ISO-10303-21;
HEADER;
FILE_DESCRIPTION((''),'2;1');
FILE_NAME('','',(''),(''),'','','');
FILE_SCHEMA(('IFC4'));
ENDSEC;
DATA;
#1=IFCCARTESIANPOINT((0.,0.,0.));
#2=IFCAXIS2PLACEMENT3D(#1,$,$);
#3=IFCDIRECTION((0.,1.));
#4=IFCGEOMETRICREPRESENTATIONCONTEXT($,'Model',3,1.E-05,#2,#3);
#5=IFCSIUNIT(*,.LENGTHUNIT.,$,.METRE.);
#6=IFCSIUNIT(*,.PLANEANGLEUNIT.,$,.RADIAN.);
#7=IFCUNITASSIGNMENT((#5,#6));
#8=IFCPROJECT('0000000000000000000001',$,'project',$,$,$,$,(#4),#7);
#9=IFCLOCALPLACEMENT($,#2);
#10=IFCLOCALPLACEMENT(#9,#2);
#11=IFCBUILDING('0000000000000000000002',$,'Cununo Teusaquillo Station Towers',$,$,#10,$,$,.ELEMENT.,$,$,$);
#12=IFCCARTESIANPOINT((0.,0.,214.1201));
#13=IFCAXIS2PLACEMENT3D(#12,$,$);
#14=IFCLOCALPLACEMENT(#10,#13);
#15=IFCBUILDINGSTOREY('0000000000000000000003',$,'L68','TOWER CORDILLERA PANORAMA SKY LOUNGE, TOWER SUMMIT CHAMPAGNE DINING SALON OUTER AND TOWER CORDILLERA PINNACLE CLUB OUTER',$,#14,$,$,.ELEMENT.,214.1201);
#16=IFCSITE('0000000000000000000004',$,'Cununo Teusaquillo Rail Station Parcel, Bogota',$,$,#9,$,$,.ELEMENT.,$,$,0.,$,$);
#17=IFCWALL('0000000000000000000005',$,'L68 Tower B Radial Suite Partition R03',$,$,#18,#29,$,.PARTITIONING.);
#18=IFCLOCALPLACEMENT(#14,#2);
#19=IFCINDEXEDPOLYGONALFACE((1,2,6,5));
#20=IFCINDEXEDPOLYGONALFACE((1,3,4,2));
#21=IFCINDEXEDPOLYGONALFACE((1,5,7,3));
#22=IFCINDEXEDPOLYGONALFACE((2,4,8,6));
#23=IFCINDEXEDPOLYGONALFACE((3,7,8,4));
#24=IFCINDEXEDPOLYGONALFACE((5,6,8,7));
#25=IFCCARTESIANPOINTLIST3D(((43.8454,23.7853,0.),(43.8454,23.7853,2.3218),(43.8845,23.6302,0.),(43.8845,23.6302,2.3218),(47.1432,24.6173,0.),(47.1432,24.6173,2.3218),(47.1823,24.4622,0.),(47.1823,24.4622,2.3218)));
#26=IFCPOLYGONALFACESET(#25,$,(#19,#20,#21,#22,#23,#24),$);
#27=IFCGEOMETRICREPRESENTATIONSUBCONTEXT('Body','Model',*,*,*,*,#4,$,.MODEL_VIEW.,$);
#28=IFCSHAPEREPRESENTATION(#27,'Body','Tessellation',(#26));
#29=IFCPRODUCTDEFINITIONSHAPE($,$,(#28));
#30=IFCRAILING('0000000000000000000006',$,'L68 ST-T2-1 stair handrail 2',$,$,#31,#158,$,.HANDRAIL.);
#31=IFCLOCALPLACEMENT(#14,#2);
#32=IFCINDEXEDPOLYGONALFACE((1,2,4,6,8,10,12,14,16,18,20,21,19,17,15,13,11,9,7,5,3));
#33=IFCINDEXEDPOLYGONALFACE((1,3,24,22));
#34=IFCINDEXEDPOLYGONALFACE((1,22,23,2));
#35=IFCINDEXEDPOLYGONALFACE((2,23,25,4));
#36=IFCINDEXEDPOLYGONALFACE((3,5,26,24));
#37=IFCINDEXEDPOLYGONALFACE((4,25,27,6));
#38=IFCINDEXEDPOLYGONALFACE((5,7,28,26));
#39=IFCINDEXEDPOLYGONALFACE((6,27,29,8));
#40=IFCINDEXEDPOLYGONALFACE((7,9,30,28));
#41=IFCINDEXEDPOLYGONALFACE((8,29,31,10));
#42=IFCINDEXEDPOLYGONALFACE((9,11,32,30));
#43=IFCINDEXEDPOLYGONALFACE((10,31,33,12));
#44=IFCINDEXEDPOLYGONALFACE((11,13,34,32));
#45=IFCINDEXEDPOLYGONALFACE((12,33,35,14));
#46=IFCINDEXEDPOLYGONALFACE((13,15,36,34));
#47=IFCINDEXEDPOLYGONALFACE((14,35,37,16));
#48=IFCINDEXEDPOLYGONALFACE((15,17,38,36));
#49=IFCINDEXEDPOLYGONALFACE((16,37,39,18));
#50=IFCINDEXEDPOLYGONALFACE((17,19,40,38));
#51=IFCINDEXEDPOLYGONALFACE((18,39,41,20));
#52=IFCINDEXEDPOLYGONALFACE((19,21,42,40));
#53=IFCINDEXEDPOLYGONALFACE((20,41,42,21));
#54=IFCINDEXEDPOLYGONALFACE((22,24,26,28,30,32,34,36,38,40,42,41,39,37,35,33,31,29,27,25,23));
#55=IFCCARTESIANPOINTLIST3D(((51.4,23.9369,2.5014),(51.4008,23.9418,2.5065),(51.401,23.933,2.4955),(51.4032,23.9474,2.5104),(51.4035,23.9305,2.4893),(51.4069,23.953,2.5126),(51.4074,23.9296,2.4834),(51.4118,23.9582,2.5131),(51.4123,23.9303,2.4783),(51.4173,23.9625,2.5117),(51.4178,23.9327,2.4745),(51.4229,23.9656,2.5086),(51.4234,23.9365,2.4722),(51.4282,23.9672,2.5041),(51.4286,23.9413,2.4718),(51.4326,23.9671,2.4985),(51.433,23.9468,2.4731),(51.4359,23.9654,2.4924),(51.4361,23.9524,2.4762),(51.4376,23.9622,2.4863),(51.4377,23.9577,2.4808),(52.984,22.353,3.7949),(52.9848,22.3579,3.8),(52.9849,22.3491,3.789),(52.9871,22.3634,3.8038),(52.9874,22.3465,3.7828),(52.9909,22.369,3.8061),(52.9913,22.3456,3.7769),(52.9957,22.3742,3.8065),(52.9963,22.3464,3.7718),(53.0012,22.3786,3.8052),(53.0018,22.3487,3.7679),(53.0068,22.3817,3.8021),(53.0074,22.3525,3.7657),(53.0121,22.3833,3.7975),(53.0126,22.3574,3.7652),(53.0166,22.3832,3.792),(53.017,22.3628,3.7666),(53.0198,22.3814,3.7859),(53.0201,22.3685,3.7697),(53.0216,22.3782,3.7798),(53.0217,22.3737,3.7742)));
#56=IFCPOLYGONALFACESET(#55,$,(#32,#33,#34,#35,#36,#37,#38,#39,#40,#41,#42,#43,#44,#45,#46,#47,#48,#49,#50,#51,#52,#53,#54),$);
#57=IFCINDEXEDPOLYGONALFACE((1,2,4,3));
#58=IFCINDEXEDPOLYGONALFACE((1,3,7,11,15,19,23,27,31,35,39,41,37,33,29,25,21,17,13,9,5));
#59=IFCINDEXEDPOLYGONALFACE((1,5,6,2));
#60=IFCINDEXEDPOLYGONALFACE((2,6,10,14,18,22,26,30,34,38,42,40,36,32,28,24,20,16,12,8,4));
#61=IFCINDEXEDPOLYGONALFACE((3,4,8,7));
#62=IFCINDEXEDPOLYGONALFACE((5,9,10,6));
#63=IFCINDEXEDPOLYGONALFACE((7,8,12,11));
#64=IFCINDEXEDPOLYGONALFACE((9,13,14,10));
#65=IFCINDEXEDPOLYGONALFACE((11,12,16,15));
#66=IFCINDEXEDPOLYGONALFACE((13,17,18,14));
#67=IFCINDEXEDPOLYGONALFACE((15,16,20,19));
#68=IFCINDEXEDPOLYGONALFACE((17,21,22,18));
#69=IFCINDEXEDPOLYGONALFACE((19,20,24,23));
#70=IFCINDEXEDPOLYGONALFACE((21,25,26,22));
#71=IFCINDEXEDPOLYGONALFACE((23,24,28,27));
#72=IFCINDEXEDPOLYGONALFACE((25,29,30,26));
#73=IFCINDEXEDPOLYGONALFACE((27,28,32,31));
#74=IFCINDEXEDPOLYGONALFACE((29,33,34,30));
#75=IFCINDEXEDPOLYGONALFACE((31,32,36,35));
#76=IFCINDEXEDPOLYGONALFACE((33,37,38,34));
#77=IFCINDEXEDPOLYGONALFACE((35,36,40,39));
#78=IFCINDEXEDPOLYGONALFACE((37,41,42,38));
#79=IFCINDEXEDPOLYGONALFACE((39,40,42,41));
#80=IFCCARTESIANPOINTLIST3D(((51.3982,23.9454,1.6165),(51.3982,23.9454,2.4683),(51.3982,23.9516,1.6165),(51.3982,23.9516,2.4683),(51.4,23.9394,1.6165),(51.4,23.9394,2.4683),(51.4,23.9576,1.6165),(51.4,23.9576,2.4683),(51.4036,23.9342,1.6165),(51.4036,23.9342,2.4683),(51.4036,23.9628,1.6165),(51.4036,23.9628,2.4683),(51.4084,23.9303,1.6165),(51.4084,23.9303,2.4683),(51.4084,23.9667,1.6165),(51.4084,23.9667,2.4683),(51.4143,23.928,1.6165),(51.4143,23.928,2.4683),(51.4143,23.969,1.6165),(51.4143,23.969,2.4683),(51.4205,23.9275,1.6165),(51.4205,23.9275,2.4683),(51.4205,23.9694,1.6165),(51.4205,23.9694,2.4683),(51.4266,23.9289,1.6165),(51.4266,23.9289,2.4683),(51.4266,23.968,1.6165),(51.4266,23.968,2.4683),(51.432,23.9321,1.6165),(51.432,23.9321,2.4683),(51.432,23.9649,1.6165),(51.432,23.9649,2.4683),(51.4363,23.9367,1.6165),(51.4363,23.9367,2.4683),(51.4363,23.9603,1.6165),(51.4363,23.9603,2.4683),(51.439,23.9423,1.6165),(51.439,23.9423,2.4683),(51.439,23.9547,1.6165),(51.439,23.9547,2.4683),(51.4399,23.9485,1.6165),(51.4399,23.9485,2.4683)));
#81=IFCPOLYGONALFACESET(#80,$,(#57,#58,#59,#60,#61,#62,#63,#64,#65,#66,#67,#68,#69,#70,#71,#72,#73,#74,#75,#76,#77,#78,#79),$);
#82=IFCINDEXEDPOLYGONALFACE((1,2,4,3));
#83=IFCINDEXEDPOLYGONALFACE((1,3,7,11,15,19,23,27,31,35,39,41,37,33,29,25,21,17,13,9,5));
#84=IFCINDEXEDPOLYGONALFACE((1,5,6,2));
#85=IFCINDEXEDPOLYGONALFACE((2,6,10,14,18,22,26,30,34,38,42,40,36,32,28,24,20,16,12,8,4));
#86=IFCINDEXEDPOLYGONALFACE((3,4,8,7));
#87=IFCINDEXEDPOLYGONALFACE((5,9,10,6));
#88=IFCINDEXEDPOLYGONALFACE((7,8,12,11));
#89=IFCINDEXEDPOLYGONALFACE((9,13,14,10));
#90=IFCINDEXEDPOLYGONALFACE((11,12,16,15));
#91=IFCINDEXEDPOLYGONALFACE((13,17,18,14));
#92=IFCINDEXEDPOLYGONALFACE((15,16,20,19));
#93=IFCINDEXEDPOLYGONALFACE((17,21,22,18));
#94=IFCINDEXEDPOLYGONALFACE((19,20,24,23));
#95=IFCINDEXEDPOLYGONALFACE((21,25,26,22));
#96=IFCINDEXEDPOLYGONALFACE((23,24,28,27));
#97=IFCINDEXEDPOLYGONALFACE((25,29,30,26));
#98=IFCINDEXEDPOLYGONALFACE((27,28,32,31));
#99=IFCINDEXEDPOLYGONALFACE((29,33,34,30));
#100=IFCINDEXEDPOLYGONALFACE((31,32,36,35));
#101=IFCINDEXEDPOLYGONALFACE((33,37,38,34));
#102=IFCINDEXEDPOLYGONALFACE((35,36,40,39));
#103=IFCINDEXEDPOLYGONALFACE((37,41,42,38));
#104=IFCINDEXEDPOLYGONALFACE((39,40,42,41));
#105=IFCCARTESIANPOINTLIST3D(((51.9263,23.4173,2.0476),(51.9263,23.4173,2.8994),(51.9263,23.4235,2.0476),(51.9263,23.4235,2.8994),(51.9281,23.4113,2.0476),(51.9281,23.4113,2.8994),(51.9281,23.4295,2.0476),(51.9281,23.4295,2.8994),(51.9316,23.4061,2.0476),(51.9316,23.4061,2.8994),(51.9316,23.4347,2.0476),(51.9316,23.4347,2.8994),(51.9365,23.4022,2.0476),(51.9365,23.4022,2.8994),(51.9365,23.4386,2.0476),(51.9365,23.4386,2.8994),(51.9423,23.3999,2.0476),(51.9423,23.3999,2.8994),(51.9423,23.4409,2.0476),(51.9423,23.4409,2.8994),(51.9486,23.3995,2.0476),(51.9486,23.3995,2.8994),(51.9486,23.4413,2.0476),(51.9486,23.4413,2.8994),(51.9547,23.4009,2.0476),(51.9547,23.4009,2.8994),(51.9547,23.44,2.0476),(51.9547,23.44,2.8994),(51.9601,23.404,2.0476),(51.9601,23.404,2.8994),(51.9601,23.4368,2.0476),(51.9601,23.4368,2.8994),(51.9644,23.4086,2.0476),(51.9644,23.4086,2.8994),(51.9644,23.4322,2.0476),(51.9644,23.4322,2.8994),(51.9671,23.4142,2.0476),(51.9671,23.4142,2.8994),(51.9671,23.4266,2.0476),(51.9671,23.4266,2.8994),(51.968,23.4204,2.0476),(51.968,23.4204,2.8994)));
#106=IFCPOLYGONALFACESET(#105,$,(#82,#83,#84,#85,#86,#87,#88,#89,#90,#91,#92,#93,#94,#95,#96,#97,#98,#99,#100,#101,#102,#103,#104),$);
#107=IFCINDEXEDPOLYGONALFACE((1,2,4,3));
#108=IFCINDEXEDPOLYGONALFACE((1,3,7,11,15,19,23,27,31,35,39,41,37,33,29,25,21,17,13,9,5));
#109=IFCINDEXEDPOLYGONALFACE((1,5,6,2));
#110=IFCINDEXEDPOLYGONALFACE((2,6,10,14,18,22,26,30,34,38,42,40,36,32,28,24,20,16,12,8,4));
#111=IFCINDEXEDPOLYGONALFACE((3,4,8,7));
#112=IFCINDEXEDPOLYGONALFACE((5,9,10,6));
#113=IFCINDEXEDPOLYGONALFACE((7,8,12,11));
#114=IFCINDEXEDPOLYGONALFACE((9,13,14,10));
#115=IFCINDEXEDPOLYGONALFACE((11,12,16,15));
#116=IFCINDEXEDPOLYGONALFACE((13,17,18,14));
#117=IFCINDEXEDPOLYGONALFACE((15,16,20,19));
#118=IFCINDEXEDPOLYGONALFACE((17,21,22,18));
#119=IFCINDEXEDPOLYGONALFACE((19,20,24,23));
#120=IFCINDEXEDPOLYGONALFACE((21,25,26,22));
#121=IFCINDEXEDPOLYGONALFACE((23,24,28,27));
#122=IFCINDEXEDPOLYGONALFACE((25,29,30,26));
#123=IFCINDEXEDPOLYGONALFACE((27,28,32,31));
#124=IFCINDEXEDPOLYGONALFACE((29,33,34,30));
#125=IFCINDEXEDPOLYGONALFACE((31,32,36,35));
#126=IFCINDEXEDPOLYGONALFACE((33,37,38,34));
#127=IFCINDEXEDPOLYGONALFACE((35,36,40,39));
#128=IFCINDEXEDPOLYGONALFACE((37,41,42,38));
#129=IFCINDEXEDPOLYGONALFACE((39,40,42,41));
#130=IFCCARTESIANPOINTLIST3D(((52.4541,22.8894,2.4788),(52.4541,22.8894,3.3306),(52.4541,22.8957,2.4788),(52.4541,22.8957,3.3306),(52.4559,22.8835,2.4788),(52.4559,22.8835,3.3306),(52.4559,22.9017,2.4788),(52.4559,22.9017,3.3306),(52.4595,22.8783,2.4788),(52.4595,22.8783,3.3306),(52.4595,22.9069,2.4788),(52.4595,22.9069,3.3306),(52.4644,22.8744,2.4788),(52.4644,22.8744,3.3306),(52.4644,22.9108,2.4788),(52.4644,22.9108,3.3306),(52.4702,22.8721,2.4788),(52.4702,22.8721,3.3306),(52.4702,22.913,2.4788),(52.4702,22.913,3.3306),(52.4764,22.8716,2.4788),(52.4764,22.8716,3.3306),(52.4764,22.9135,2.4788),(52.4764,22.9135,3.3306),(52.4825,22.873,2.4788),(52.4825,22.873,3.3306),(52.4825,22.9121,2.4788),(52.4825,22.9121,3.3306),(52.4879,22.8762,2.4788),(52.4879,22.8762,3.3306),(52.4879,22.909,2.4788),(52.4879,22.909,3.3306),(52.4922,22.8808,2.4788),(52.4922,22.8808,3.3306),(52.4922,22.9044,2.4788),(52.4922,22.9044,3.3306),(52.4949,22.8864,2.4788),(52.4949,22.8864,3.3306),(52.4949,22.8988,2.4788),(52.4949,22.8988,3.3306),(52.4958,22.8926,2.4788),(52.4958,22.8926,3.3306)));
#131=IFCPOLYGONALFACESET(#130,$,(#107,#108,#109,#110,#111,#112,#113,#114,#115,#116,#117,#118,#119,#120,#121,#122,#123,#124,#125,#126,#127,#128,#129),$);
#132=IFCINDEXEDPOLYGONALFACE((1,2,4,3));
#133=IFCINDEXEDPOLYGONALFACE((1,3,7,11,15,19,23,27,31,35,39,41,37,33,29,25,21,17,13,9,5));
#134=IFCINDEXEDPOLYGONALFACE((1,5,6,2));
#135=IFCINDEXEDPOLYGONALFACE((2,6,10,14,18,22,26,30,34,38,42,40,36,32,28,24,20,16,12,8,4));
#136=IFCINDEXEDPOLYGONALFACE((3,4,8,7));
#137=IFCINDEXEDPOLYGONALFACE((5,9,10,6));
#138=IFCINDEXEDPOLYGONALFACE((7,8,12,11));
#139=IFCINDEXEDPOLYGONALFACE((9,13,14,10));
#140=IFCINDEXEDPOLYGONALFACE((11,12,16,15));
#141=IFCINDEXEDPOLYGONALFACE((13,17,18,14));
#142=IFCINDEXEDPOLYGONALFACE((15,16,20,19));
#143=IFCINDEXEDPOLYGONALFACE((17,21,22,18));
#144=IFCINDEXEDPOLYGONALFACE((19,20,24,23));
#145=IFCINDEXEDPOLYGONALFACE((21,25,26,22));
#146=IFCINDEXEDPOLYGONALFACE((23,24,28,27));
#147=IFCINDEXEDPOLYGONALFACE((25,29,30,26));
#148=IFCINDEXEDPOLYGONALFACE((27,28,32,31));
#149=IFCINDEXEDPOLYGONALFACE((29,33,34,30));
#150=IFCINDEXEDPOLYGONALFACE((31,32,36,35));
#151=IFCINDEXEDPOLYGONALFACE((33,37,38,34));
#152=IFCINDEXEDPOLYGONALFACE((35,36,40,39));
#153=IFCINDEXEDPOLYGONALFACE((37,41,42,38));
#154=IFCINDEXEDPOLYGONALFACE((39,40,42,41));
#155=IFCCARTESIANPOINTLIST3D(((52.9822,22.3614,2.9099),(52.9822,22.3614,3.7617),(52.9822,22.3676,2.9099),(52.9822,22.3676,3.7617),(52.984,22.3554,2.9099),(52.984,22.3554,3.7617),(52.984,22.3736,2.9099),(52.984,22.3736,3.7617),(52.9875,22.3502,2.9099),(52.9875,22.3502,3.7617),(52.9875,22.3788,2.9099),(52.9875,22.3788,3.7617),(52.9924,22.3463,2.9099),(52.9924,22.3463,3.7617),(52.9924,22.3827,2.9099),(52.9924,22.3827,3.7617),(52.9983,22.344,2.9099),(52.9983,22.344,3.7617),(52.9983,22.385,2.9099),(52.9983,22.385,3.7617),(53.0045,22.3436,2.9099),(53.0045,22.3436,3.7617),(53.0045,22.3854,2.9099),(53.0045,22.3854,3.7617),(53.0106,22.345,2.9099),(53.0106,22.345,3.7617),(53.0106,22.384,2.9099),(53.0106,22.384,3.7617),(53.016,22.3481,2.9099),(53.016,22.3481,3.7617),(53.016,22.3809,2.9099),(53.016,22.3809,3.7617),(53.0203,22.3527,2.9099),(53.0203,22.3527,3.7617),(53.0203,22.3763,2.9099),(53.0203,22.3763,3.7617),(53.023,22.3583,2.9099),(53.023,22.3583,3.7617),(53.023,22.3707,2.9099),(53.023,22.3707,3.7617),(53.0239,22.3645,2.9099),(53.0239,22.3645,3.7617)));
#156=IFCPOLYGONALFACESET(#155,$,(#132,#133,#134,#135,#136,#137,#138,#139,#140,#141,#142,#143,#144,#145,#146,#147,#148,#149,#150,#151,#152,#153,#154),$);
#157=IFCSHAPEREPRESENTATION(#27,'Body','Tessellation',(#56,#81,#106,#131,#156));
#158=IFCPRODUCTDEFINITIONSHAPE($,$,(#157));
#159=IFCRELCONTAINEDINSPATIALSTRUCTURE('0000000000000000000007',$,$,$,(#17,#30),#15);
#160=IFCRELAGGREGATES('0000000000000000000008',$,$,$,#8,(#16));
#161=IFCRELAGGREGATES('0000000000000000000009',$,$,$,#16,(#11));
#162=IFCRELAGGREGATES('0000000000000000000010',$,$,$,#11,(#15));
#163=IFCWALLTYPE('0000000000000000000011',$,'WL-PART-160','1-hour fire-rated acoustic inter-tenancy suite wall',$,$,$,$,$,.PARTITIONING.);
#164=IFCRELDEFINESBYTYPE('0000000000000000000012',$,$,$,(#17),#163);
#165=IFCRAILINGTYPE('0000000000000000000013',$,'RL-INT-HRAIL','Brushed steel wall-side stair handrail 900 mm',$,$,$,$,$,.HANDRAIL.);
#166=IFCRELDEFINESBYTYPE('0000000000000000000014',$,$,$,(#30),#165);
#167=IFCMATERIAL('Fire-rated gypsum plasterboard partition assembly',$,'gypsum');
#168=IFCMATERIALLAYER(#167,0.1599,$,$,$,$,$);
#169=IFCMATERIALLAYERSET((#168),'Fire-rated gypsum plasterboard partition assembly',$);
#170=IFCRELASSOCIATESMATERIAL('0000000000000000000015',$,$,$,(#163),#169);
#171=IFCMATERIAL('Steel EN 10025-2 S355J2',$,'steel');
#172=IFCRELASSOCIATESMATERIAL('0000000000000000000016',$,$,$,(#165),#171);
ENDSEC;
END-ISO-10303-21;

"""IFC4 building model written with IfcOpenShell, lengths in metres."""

from ifc_helpers import new_model, si_unit, direction, frame, frame_2d, origin, origin_2d, place, context, subcontext, project, spatial, rectangle, circle, extrude, material, layer, layer_set, type_object, element, save


model = new_model("IFC4")

# Units and contexts
model_context = context("Model", 3, precision=1e-05, world=origin(), true_north=direction((0.0, 1.0)))
body_context = subcontext(model_context, "Body", "Model", "MODEL_VIEW")
ifc_project = project(units=[si_unit("LENGTHUNIT", "METRE"), si_unit("PLANEANGLEUNIT", "RADIAN")], contexts=[model_context])

# Site, building, storey
site_placement = place(None, origin())
site = spatial("IfcSite", under=ifc_project, at=site_placement, Name="Cununo Teusaquillo Rail Station Parcel, Bogota", CompositionType="ELEMENT", RefElevation=0.0)
building_placement = place(site_placement, origin())
building = spatial("IfcBuilding", under=site, at=building_placement, Name="Cununo Teusaquillo Station Towers", CompositionType="ELEMENT")
storey_placement = place(building_placement, frame((0.0, 0.0, 214.1201)))
storey = spatial("IfcBuildingStorey", under=building, at=storey_placement, Name="L68", Description="TOWER CORDILLERA PANORAMA SKY LOUNGE, TOWER SUMMIT CHAMPAGNE DINING SALON OUTER AND TOWER CORDILLERA PINNACLE CLUB OUTER", CompositionType="ELEMENT", Elevation=214.1201)

# Wall
ifc_material_1 = material(Name="Fire-rated gypsum plasterboard partition assembly", Category="gypsum")
ifc_layer_1 = layer(ifc_material_1, 0.1599)
ifc_layer_set_1 = layer_set([ifc_layer_1], Name="Fire-rated gypsum plasterboard partition assembly")
wall_type_1 = type_object("IfcWallType", Name="WL-PART-160", Description="1-hour fire-rated acoustic inter-tenancy suite wall", PredefinedType="PARTITIONING", material=ifc_layer_set_1)
wall_1_placement = place(storey_placement, frame((47.1628, 24.5398, 0.0), z_axis=(0.0, 0.0, 1.0), x_axis=(-0.969617, -0.244629, 0.0)))
element("IfcWall", 1, at=wall_1_placement, inside=storey, type_object=wall_type_1, Name="L68 Tower B Radial Suite Partition R03", PredefinedType="PARTITIONING", context=body_context, shape_type="SweptSolid", body=[
    extrude(rectangle(XDim=3.4011, YDim=0.1599, at=frame_2d((1.7007, 0.0))), origin(), (0.0, 0.0, 1.0), 2.3218),
])

# Railing
ifc_material_2 = material(Name="Steel EN 10025-2 S355J2", Category="steel")
railing_type = type_object("IfcRailingType", Name="RL-INT-HRAIL", Description="Brushed steel wall-side stair handrail 900 mm", PredefinedType="HANDRAIL", material=ifc_material_2)
railing_placement = place(storey_placement, frame((51.4189, 23.9485, 1.6165)))
element("IfcRailing", 2, at=railing_placement, inside=storey, type_object=railing_type, Name="L68 ST-T2-1 stair handrail 2", PredefinedType="HANDRAIL", context=body_context, shape_type="SweptSolid", body=[
    extrude(circle(Radius=0.0239, at=origin_2d()), frame((0.0, 0.0, 0.876), z_axis=(0.612356, -0.612356, 0.50004), x_axis=(0.707107, 0.707107, 0.0)), (0.0, 0.0, 1.0), 2.5867),
    extrude(circle(Radius=0.021, at=origin_2d()), origin(), (0.0, 0.0, 1.0), 0.8518),
    extrude(circle(Radius=0.021, at=origin_2d()), frame((0.5281, -0.5281, 0.4312)), (0.0, 0.0, 1.0), 0.8518),
    extrude(circle(Radius=0.021, at=origin_2d()), frame((1.0559, -1.0559, 0.8623)), (0.0, 0.0, 1.0), 0.8518),
    extrude(circle(Radius=0.021, at=origin_2d()), frame((1.584, -1.584, 1.2935)), (0.0, 0.0, 1.0), 0.8518),
])

save(model, "model.ifc")
